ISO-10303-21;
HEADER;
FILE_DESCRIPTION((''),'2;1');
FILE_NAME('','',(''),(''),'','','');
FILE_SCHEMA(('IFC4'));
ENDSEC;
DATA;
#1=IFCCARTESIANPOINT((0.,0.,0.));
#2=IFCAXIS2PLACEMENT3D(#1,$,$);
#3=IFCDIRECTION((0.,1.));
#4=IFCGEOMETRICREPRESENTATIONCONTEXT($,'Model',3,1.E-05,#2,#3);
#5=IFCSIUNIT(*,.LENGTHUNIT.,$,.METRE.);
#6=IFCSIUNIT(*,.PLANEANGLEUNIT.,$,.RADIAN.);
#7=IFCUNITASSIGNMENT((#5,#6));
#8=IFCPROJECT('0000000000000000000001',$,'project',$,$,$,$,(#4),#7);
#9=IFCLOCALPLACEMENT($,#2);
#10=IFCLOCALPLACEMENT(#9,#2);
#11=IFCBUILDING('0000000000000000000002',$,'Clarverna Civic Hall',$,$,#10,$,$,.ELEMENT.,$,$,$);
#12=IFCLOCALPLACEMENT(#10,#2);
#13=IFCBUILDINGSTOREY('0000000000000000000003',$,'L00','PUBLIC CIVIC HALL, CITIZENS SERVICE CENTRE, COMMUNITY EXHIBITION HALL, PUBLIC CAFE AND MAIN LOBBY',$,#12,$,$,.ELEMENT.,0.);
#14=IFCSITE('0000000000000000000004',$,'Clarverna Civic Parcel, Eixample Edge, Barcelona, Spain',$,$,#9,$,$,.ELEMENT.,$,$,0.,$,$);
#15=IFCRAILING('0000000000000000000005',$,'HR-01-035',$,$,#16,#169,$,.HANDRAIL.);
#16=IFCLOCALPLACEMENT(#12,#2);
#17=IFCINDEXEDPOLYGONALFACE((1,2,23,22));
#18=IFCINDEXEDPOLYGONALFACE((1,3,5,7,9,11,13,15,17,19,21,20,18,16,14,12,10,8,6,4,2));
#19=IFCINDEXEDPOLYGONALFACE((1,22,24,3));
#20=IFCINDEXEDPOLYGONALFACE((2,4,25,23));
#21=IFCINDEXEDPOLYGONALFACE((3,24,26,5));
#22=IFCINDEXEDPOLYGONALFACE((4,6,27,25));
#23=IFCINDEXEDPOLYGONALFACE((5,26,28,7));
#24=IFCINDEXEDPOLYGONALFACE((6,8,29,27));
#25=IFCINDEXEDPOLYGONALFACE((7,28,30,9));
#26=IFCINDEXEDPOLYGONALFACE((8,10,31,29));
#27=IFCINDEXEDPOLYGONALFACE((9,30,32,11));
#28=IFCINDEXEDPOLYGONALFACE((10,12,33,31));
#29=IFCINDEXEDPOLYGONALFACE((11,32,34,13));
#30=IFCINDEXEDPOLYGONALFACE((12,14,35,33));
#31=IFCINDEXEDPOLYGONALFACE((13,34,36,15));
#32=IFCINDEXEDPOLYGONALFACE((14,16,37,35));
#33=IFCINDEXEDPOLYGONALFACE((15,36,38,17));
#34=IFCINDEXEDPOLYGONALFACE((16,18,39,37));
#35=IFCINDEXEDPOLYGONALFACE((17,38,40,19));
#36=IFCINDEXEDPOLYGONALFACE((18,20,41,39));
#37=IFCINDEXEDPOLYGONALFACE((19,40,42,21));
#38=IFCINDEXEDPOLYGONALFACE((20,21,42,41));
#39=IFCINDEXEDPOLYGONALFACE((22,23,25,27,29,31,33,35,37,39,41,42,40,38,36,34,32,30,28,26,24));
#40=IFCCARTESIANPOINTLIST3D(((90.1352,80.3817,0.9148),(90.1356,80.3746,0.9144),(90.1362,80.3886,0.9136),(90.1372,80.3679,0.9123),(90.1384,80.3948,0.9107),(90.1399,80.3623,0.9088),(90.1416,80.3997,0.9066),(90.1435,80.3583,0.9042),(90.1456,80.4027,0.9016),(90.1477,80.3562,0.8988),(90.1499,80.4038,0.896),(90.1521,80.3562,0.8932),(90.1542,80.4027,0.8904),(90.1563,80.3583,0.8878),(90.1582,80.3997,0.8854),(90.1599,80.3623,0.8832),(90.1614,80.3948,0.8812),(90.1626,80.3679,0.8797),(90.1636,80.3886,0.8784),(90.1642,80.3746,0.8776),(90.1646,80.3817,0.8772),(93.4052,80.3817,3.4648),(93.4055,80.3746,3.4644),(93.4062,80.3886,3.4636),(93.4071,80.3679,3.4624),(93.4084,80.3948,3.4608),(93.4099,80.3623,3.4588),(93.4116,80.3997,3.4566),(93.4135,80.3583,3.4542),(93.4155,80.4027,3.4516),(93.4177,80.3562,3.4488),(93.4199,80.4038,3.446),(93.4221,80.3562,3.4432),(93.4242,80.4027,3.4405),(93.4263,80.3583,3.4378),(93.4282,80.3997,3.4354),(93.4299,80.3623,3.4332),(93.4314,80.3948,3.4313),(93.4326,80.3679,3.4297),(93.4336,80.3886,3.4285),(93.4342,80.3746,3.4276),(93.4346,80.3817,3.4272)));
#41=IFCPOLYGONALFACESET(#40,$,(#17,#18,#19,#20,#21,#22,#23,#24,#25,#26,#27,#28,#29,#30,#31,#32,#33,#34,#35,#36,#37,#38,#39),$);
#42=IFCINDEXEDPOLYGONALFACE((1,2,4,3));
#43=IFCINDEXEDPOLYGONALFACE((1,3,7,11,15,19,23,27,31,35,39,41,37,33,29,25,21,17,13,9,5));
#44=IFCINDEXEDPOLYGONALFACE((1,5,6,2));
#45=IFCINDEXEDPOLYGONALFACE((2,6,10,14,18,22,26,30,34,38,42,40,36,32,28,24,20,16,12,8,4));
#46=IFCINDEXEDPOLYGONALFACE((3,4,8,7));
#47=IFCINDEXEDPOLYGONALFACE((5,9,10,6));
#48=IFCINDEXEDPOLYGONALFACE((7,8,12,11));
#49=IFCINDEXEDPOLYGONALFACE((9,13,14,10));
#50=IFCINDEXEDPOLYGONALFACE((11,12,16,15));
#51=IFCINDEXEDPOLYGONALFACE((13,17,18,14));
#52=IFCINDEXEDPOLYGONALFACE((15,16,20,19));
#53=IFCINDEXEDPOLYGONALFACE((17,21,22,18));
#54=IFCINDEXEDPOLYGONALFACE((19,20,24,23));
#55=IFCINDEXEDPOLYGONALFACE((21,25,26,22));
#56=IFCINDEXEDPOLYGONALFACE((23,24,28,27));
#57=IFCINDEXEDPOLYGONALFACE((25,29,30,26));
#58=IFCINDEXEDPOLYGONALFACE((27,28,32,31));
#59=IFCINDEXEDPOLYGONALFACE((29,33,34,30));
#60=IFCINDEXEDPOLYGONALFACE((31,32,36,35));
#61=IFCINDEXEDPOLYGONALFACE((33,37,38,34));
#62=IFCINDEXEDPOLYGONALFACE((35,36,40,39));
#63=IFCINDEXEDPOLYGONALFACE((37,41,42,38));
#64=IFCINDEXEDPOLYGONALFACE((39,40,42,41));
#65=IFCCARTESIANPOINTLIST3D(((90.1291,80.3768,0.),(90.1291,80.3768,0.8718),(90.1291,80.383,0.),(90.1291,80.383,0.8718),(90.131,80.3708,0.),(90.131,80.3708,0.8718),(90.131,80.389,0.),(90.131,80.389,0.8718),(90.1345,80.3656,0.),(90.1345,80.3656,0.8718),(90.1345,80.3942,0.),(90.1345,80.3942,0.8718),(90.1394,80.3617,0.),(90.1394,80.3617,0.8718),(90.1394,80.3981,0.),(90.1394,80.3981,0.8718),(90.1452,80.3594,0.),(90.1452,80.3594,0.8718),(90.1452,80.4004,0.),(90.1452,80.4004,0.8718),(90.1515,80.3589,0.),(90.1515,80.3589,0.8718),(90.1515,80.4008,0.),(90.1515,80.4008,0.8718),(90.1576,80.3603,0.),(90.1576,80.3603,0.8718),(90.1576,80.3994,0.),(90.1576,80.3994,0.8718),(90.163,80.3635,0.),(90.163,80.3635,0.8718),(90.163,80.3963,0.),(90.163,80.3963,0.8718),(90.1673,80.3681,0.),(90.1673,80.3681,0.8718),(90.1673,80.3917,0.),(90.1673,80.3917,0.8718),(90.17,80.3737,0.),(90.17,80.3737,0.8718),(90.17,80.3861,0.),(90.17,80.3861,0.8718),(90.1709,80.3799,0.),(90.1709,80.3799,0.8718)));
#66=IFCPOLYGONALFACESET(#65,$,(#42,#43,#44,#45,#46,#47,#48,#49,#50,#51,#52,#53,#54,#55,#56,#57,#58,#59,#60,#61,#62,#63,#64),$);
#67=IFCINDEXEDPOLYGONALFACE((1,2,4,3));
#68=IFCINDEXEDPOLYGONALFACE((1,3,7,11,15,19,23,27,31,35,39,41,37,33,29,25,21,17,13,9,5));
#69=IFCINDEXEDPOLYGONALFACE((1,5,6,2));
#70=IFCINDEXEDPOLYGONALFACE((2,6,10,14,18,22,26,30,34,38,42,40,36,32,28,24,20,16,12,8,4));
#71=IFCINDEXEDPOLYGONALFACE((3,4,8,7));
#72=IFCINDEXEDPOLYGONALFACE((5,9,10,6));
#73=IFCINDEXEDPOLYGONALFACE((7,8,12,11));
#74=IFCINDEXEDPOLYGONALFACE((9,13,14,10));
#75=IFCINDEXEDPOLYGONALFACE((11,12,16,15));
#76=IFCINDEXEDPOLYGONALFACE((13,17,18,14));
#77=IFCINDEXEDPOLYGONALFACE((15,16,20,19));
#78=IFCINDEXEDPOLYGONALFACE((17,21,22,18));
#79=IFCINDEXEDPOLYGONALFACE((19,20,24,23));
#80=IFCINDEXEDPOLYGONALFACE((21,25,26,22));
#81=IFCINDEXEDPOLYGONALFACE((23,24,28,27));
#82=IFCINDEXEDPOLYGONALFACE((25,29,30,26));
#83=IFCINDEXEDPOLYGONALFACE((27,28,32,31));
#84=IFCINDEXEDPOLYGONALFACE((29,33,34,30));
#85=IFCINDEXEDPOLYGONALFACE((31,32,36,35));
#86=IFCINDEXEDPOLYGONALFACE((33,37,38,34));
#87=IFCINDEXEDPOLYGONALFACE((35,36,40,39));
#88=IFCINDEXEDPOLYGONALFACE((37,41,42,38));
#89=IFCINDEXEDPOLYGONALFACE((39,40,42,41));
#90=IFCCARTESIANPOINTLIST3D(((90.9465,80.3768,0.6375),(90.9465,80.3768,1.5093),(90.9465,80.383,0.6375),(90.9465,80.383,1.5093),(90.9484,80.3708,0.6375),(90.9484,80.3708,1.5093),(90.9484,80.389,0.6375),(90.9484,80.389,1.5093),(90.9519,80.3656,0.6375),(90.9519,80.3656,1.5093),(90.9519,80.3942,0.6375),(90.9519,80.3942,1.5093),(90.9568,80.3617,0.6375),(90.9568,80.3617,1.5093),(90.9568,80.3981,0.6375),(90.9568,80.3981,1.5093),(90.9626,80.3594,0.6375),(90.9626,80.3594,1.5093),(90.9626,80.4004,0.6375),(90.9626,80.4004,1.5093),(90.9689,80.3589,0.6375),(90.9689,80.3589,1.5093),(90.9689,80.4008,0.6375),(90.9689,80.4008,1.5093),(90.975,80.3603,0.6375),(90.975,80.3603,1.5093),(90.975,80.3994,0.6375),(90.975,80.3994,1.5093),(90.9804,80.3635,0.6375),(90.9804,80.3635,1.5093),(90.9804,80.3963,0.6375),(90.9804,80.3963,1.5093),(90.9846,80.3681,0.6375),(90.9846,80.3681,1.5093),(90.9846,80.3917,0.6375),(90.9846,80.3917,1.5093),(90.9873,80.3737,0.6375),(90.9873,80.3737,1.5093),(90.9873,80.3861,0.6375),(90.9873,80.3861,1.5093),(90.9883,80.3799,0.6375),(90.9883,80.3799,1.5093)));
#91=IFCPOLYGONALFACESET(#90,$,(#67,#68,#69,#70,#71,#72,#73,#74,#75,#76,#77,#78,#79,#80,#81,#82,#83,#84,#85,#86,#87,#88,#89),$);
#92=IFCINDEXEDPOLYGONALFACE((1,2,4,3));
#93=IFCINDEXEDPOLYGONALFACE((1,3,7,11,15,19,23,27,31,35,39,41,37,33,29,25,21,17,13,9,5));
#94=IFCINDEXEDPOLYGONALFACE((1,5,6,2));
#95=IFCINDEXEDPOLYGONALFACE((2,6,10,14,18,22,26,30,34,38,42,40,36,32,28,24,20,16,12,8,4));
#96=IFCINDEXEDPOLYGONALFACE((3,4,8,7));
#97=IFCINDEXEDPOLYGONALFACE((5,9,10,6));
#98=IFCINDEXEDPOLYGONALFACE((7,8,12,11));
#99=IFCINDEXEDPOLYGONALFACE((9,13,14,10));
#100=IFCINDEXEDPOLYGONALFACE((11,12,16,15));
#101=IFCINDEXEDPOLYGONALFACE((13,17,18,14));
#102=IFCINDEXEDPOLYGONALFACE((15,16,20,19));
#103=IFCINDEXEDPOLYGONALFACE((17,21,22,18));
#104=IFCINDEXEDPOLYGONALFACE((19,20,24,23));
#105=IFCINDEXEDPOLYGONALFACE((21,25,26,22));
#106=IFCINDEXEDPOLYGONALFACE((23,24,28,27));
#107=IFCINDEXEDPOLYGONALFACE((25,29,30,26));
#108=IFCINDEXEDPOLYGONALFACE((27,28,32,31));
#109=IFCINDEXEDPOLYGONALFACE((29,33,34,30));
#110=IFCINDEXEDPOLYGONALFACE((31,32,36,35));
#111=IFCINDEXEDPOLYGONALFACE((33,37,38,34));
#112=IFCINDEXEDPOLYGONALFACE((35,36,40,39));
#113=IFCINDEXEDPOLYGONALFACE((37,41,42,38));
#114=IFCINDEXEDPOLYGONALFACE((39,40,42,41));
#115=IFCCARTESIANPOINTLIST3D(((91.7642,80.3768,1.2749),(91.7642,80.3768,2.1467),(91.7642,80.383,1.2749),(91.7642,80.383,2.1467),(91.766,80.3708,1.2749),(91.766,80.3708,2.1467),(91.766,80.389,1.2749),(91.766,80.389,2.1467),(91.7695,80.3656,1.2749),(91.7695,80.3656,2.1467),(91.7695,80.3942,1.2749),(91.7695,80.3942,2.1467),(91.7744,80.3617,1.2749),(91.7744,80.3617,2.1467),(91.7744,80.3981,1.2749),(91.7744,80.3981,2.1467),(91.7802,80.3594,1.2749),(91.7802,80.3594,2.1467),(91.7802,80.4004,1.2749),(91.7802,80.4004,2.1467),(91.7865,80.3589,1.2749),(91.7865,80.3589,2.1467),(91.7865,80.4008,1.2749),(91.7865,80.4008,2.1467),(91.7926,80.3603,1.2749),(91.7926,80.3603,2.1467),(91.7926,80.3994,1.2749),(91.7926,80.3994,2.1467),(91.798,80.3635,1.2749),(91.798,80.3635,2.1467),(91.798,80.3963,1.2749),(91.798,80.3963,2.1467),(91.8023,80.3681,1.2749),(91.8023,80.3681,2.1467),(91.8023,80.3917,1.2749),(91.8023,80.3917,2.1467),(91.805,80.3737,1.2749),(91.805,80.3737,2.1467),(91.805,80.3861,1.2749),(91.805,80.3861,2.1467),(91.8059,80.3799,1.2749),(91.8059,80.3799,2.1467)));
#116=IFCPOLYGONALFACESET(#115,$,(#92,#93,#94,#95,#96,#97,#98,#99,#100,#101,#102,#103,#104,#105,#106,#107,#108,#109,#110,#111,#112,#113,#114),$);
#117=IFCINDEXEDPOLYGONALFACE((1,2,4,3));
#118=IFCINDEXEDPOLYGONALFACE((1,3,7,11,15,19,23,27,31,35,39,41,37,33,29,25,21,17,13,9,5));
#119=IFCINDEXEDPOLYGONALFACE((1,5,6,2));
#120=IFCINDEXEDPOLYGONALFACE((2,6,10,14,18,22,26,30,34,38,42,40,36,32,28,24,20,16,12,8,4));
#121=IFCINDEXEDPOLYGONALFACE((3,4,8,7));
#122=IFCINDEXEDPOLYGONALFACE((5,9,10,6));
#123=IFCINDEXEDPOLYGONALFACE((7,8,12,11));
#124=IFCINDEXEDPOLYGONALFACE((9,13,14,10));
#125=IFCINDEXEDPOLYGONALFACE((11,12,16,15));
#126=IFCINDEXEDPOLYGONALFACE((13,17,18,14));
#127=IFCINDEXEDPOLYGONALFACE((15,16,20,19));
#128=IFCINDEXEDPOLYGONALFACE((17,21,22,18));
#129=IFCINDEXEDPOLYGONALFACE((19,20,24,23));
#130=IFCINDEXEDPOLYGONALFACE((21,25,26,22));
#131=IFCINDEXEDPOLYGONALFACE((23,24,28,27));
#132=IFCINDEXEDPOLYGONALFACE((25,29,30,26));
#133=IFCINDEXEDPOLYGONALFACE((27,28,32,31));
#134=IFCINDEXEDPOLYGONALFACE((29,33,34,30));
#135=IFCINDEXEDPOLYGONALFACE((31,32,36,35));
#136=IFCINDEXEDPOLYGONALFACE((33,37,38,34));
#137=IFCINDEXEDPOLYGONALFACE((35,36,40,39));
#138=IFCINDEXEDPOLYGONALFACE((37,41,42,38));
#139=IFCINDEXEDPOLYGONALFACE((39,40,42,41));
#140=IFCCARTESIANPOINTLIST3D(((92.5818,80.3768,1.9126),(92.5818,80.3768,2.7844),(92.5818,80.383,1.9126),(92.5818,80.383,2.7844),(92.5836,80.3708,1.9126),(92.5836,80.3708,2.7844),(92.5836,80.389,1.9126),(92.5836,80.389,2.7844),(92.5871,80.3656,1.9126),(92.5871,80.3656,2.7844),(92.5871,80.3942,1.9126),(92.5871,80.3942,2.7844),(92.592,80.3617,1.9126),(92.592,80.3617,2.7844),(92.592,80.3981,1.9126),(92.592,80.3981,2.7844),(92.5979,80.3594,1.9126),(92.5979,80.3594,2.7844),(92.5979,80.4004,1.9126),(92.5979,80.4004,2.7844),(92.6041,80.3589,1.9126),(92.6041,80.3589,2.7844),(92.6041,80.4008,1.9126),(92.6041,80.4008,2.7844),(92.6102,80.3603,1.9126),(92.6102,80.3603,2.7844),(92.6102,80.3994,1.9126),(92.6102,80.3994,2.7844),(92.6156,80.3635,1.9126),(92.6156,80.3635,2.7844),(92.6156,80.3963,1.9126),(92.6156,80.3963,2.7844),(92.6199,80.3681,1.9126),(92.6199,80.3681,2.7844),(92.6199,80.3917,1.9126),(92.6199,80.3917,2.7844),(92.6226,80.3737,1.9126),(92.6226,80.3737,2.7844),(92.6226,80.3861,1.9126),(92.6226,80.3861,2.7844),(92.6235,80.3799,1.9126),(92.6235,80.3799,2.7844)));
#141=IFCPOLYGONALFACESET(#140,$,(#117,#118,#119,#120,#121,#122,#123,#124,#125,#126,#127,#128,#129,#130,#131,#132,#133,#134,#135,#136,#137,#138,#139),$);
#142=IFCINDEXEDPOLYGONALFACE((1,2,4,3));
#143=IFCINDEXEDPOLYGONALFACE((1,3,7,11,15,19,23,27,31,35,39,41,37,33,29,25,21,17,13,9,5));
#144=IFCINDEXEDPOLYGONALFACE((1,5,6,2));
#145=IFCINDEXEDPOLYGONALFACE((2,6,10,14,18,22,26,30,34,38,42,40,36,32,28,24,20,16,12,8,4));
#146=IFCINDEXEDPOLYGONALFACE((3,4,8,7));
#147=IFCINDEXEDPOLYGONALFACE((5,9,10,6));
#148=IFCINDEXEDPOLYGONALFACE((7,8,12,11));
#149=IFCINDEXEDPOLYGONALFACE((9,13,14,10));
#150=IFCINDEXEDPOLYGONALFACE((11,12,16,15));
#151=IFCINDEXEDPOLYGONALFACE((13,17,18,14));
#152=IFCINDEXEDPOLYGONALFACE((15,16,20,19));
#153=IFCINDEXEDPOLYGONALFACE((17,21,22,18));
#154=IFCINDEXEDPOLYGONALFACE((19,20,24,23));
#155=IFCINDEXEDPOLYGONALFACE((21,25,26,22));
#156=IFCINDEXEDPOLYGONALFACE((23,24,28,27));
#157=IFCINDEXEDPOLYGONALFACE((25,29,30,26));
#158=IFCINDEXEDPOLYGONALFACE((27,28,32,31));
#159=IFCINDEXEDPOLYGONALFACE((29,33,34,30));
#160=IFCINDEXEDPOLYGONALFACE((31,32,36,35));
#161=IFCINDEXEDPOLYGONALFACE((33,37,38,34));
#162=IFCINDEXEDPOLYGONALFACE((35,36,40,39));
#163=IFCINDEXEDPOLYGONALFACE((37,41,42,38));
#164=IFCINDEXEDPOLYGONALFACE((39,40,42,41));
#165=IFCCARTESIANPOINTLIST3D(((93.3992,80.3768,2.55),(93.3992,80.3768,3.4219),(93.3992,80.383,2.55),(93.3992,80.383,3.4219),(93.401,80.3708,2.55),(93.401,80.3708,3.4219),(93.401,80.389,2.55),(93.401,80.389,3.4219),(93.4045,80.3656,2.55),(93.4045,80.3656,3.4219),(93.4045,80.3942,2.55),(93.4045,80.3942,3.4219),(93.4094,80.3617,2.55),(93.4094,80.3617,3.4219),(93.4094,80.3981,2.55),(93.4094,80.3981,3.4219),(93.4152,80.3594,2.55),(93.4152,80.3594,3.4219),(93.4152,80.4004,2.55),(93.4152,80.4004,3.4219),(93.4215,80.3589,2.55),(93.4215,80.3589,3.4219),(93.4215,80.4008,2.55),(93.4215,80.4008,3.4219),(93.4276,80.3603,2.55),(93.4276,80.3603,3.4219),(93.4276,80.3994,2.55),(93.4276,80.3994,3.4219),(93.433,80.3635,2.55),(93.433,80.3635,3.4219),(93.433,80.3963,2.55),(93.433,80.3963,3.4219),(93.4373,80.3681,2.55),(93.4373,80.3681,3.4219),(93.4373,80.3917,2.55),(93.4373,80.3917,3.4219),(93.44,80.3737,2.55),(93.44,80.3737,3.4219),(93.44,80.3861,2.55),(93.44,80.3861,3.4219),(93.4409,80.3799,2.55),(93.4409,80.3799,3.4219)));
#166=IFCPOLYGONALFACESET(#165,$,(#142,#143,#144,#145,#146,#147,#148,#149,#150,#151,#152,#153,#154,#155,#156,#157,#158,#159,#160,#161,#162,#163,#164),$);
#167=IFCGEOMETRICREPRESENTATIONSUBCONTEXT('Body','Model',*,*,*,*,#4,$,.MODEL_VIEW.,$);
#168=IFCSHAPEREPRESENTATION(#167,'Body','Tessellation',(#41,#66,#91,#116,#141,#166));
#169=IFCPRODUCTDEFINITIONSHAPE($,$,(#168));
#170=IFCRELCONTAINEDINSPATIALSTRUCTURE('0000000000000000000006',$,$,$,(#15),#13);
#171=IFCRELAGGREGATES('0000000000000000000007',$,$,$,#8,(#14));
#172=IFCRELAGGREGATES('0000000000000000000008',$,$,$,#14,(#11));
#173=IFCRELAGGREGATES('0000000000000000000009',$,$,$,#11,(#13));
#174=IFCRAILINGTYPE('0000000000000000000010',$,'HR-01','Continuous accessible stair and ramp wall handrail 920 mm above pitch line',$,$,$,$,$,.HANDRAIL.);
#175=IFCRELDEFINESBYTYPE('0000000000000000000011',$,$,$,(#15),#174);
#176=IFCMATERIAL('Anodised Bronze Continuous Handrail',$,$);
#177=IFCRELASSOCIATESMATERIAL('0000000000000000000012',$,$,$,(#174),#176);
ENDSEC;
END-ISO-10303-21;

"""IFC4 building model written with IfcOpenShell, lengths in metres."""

from ifc_helpers import new_model, si_unit, direction, frame, origin, origin_2d, place, context, subcontext, project, spatial, circle, extrude, material, type_object, element, save


model = new_model("IFC4")

# Units and contexts
model_context = context("Model", 3, precision=1e-05, world=origin(), true_north=direction((0.0, 1.0)))
body_context = subcontext(model_context, "Body", "Model", "MODEL_VIEW")
ifc_project = project(units=[si_unit("LENGTHUNIT", "METRE"), si_unit("PLANEANGLEUNIT", "RADIAN")], contexts=[model_context])

# Site, building, storey
site_placement = place(None, origin())
site = spatial("IfcSite", under=ifc_project, at=site_placement, Name="Clarverna Civic Parcel, Eixample Edge, Barcelona, Spain", CompositionType="ELEMENT", RefElevation=0.0)
building_placement = place(site_placement, origin())
building = spatial("IfcBuilding", under=site, at=building_placement, Name="Clarverna Civic Hall", CompositionType="ELEMENT")
storey_placement = place(building_placement, origin())
storey = spatial("IfcBuildingStorey", under=building, at=storey_placement, Name="L00", Description="PUBLIC CIVIC HALL, CITIZENS SERVICE CENTRE, COMMUNITY EXHIBITION HALL, PUBLIC CAFE AND MAIN LOBBY", CompositionType="ELEMENT", Elevation=0.0)

# Railing
ifc_material_1 = material(Name="Anodised Bronze Continuous Handrail")
railing_type_1 = type_object("IfcRailingType", Name="HR-01", Description="Continuous accessible stair and ramp wall handrail 920 mm above pitch line", PredefinedType="HANDRAIL", material=ifc_material_1)
railing_1_placement = place(storey_placement, frame((90.1499, 80.3799, 0.0)))
element("IfcRailing", 1, at=railing_1_placement, inside=storey, type_object=railing_type_1, Name="HR-01-035", PredefinedType="HANDRAIL", context=body_context, shape_type="SweptSolid", body=[
    extrude(circle(Radius=0.0239, at=origin_2d()), frame((0.0, 0.0, 0.896), z_axis=(0.788569, 0.0, 0.614947), x_axis=(0.0, 1.0, 0.0)), (0.0, 0.0, 1.0), 4.1467),
    extrude(circle(Radius=0.021, at=origin_2d()), origin(), (0.0, 0.0, 1.0), 0.8718),
    extrude(circle(Radius=0.021, at=origin_2d()), frame((0.8174, 0.0, 0.6375)), (0.0, 0.0, 1.0), 0.8718),
    extrude(circle(Radius=0.021, at=origin_2d()), frame((1.635, 0.0, 1.2749)), (0.0, 0.0, 1.0), 0.8718),
    extrude(circle(Radius=0.021, at=origin_2d()), frame((2.4526, 0.0, 1.9126)), (0.0, 0.0, 1.0), 0.8718),
    extrude(circle(Radius=0.021, at=origin_2d()), frame((3.27, 0.0, 2.55)), (0.0, 0.0, 1.0), 0.8718),
])

save(model, "model.ifc")
